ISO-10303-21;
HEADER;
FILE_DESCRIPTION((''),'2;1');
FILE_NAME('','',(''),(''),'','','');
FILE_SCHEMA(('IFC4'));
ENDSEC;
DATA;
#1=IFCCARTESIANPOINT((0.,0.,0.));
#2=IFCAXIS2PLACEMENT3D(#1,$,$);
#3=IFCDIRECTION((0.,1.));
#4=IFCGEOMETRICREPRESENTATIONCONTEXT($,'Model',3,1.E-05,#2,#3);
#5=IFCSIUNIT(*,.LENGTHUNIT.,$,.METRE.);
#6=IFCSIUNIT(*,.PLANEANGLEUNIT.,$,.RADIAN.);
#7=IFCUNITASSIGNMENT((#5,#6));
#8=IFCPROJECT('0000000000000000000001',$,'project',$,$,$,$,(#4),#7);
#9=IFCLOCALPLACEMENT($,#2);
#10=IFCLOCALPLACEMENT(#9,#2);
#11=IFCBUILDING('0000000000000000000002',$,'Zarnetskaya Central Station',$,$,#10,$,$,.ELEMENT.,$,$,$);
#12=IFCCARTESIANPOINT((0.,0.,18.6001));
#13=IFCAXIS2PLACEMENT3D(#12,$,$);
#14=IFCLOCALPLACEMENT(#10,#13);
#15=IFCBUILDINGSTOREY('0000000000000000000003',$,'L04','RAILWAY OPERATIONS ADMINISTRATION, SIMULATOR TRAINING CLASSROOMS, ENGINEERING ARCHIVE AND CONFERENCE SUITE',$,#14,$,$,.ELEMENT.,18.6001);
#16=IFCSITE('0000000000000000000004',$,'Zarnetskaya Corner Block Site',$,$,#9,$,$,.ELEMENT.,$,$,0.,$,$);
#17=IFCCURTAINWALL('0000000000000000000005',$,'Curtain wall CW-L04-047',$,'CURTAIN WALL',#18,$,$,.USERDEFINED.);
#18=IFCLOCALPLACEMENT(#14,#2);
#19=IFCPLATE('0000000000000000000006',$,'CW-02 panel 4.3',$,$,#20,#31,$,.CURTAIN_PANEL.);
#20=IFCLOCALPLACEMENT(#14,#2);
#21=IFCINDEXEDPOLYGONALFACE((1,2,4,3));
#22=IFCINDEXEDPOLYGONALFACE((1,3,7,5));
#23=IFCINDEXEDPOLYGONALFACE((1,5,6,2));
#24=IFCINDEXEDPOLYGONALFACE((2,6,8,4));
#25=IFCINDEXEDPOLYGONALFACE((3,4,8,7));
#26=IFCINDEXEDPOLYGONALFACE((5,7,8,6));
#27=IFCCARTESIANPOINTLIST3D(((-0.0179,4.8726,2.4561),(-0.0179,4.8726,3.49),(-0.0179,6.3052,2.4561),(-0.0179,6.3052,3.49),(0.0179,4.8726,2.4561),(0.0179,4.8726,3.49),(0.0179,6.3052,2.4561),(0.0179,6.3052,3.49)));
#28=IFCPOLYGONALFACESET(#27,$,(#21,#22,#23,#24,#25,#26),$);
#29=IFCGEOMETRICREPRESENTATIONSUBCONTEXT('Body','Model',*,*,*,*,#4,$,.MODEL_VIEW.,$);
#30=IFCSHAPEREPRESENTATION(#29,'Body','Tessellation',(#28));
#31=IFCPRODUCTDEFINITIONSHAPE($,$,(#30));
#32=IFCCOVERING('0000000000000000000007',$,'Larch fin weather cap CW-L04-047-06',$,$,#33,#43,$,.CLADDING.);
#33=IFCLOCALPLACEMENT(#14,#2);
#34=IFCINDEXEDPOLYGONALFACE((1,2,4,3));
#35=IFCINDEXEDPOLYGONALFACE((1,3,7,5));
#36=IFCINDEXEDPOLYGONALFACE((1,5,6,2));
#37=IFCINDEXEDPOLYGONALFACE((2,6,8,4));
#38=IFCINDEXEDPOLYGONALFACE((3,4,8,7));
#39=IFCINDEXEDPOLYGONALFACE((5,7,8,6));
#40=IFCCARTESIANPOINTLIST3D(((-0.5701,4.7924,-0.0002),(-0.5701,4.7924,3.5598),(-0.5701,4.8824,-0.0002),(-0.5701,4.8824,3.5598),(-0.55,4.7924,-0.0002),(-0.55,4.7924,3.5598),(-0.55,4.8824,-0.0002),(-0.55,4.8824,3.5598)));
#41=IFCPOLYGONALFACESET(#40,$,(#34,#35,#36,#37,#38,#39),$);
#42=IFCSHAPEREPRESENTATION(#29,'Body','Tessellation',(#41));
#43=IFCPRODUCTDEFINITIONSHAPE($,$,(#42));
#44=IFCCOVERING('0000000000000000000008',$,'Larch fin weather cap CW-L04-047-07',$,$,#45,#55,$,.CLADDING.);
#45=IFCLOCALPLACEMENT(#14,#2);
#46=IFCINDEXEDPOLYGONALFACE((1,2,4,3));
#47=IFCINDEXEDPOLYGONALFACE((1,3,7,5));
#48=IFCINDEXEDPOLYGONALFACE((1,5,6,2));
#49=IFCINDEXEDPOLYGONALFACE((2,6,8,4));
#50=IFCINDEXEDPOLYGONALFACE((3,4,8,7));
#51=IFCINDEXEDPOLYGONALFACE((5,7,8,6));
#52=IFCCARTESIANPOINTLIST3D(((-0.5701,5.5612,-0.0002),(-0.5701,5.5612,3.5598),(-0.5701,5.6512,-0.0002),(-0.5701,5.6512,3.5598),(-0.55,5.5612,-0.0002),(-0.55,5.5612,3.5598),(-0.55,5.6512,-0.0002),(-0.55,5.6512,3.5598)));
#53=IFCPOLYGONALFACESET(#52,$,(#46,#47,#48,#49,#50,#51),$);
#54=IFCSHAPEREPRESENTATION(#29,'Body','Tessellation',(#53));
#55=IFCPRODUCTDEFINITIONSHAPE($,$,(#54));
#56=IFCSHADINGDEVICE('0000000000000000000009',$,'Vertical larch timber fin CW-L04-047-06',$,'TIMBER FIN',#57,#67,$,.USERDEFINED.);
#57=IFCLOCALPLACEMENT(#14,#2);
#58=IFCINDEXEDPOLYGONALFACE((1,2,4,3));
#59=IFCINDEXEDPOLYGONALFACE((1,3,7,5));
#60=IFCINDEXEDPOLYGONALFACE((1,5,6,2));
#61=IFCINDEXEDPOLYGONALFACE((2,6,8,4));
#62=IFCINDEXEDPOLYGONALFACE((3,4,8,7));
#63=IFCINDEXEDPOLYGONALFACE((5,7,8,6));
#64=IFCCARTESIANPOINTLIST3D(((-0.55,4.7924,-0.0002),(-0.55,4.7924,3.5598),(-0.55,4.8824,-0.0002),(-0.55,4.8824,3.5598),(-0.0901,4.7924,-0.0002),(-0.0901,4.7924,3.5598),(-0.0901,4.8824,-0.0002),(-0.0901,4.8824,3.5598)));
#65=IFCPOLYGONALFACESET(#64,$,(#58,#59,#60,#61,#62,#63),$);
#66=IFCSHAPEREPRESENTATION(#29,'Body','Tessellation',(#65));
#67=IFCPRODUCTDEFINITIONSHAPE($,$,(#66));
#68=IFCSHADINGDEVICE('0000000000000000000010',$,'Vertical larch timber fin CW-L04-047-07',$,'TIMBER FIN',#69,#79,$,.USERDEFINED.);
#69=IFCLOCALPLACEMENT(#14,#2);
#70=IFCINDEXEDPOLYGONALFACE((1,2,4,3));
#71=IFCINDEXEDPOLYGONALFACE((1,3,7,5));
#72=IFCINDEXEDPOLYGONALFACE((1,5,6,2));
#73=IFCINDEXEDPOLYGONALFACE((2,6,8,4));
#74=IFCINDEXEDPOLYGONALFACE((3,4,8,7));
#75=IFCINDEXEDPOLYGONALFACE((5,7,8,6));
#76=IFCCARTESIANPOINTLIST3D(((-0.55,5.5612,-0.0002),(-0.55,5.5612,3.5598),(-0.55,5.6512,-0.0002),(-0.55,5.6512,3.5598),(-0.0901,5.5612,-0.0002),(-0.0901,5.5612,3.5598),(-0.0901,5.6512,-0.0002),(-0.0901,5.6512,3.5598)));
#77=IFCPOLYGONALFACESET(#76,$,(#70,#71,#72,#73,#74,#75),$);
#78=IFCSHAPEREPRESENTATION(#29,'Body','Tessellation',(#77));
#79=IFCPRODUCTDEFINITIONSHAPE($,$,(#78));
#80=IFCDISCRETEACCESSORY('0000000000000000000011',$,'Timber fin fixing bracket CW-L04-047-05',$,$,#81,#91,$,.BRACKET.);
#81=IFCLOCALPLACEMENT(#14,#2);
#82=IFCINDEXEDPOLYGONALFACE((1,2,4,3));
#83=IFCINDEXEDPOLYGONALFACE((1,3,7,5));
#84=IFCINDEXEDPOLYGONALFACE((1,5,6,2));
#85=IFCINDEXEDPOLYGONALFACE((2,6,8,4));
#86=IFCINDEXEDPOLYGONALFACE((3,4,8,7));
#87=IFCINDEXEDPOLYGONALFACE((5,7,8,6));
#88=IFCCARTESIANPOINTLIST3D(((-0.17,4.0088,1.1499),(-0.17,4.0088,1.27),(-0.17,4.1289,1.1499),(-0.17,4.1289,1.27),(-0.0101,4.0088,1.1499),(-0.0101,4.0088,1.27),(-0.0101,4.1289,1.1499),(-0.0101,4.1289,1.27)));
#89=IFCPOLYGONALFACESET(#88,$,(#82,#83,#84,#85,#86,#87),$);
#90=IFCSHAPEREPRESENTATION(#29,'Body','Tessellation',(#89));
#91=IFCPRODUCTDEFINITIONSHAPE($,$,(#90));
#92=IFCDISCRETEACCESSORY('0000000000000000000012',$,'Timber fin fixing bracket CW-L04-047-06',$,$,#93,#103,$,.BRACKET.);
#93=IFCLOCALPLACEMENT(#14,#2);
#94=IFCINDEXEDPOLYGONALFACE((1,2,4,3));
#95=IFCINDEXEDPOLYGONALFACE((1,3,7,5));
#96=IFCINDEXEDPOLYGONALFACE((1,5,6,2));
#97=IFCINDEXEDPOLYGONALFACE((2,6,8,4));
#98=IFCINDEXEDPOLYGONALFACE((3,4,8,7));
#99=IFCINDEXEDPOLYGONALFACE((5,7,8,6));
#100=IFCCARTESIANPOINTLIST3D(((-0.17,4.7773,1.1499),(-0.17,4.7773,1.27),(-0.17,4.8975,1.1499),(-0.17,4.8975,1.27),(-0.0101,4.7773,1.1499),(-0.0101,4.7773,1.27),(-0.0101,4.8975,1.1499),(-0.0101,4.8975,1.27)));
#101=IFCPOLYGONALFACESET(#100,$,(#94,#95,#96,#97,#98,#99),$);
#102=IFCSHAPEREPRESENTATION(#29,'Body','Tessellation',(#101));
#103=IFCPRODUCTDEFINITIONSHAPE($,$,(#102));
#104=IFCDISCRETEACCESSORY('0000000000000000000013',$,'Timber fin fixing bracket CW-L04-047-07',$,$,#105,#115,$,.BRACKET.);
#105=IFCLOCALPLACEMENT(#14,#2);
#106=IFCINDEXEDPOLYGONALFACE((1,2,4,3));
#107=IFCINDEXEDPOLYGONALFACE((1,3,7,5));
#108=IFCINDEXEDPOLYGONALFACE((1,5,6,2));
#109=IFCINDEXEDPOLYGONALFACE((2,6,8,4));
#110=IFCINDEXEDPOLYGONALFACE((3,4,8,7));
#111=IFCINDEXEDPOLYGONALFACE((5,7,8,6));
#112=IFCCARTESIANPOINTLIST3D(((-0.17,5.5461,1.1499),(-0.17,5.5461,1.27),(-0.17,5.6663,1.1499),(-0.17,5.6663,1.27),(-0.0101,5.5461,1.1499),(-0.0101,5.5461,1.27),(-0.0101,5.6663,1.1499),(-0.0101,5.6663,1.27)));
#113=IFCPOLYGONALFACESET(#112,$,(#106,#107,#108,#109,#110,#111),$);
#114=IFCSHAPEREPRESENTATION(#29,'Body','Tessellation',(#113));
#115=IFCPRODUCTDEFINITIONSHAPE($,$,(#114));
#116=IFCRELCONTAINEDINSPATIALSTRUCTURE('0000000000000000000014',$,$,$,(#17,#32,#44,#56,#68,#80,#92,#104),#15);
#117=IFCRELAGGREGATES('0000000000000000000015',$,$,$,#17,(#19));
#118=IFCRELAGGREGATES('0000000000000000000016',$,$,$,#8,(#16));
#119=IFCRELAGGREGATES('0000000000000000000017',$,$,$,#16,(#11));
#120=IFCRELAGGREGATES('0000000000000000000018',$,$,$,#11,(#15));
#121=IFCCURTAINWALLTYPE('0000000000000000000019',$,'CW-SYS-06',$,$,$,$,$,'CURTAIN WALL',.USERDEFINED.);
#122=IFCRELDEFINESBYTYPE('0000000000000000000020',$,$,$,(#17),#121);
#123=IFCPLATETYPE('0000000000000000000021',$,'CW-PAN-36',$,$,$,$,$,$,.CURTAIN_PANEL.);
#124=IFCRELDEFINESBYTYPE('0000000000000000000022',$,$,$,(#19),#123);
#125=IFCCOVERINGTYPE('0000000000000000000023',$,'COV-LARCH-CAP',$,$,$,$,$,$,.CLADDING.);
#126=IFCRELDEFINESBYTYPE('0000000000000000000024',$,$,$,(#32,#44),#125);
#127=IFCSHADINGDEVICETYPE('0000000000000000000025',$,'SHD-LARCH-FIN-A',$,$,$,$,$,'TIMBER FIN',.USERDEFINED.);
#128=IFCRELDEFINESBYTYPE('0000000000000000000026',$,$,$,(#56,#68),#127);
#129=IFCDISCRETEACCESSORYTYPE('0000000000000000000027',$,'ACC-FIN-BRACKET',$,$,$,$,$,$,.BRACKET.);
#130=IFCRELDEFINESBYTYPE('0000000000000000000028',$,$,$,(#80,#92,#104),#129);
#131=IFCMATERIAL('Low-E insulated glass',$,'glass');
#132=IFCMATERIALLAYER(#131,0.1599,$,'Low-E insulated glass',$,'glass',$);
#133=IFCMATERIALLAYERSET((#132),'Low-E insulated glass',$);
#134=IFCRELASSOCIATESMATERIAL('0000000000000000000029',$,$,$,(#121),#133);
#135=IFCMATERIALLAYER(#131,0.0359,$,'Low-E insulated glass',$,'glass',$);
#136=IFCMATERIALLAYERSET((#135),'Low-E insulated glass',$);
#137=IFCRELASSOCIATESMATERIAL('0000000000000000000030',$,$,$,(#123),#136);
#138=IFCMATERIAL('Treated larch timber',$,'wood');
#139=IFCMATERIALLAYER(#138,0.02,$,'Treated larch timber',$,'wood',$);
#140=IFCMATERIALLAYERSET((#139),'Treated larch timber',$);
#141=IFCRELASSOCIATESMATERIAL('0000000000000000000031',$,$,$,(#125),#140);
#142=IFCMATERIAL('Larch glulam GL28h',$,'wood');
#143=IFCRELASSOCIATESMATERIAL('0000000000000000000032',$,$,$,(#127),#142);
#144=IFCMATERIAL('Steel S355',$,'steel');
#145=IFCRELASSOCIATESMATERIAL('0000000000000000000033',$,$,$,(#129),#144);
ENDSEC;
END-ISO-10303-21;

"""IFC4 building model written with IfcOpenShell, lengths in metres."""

from ifc_helpers import new_model, si_unit, direction, frame, origin, origin_2d, place, context, subcontext, project, spatial, rectangle, extrude, material, layer, layer_set, type_object, element, aggregate, save


model = new_model("IFC4")

# Units and contexts
model_context = context("Model", 3, precision=1e-05, world=origin(), true_north=direction((0.0, 1.0)))
body_context = subcontext(model_context, "Body", "Model", "MODEL_VIEW")
ifc_project = project(units=[si_unit("LENGTHUNIT", "METRE"), si_unit("PLANEANGLEUNIT", "RADIAN")], contexts=[model_context])

# Site, building, storey
site_placement = place(None, origin())
site = spatial("IfcSite", under=ifc_project, at=site_placement, Name="Zarnetskaya Corner Block Site", CompositionType="ELEMENT", RefElevation=0.0)
building_placement = place(site_placement, origin())
building = spatial("IfcBuilding", under=site, at=building_placement, Name="Zarnetskaya Central Station", CompositionType="ELEMENT")
storey_placement = place(building_placement, frame((0.0, 0.0, 18.6001)))
storey = spatial("IfcBuildingStorey", under=building, at=storey_placement, Name="L04", Description="RAILWAY OPERATIONS ADMINISTRATION, SIMULATOR TRAINING CLASSROOMS, ENGINEERING ARCHIVE AND CONFERENCE SUITE", CompositionType="ELEMENT", Elevation=18.6001)

# Shared definitions
ifc_material_1 = material(Name="Steel S355", Category="steel")

# Curtain wall, plate
ifc_material_2 = material(Name="Low-E insulated glass", Category="glass")
ifc_layer_1 = layer(ifc_material_2, 0.1599, Name="Low-E insulated glass", Category="glass")
ifc_layer_set_1 = layer_set([ifc_layer_1], Name="Low-E insulated glass")
curtain_wall_type = type_object("IfcCurtainWallType", Name="CW-SYS-06", ElementType="CURTAIN WALL", PredefinedType="USERDEFINED", material=ifc_layer_set_1)
curtain_wall_placement = place(storey_placement, origin())
curtain_wall = element("IfcCurtainWall", 1, at=curtain_wall_placement, inside=storey, type_object=curtain_wall_type, Name="Curtain wall CW-L04-047", ObjectType="CURTAIN WALL", PredefinedType="USERDEFINED")
ifc_layer_2 = layer(ifc_material_2, 0.0359, Name="Low-E insulated glass", Category="glass")
ifc_layer_set_2 = layer_set([ifc_layer_2], Name="Low-E insulated glass")
plate_type = type_object("IfcPlateType", Name="CW-PAN-36", PredefinedType="CURTAIN_PANEL", material=ifc_layer_set_2)
plate_1_placement = place(storey_placement, frame((0.0, 5.5889, 2.4561), z_axis=(0.0, 0.0, 1.0), x_axis=(0.0, 1.0, 0.0)))
plate_1 = element("IfcPlate", 2, at=plate_1_placement, type_object=plate_type, Name="CW-02 panel 4.3", PredefinedType="CURTAIN_PANEL", context=body_context, shape_type="SweptSolid", body=[
    extrude(rectangle(XDim=1.4326, YDim=0.0359, at=origin_2d()), origin(), (0.0, 0.0, 1.0), 1.0339),
])
aggregate(curtain_wall, [plate_1])

# Coverings
ifc_material_3 = material(Name="Treated larch timber", Category="wood")
ifc_layer_3 = layer(ifc_material_3, 0.02, Name="Treated larch timber", Category="wood")
ifc_layer_set_3 = layer_set([ifc_layer_3], Name="Treated larch timber")
covering_type = type_object("IfcCoveringType", Name="COV-LARCH-CAP", PredefinedType="CLADDING", material=ifc_layer_set_3)
for number, where, z_axis, x_axis, name in (
    (3, (-0.5601, 4.8374, -0.0002), (0.0, 0.0, 1.0), (0.0, 1.0, 0.0), "Larch fin weather cap CW-L04-047-06"),
    (4, (-0.5601, 5.6062, -0.0002), (0.0, 0.0, 1.0), (0.0, 1.0, 0.0), "Larch fin weather cap CW-L04-047-07"),
):
    element("IfcCovering", number, at=place(storey_placement, frame(where, z_axis=z_axis, x_axis=x_axis)), inside=storey, type_object=covering_type, Name=name, PredefinedType="CLADDING", context=body_context, shape_type="SweptSolid", body=[
        extrude(rectangle(XDim=0.0901, YDim=0.02, at=origin_2d()), origin(), (0.0, 0.0, 1.0), 3.5601),
    ])

# Shading devices
ifc_material_4 = material(Name="Larch glulam GL28h", Category="wood")
shading_device_type = type_object("IfcShadingDeviceType", Name="SHD-LARCH-FIN-A", ElementType="TIMBER FIN", PredefinedType="USERDEFINED", material=ifc_material_4)
for number, where, z_axis, x_axis, name in (
    (5, (-0.3201, 4.8374, -0.0002), (0.0, 0.0, 1.0), (0.0, 1.0, 0.0), "Vertical larch timber fin CW-L04-047-06"),
    (6, (-0.3201, 5.6062, -0.0002), (0.0, 0.0, 1.0), (0.0, 1.0, 0.0), "Vertical larch timber fin CW-L04-047-07"),
):
    element("IfcShadingDevice", number, at=place(storey_placement, frame(where, z_axis=z_axis, x_axis=x_axis)), inside=storey, type_object=shading_device_type, Name=name, ObjectType="TIMBER FIN", PredefinedType="USERDEFINED", context=body_context, shape_type="SweptSolid", body=[
        extrude(rectangle(XDim=0.0901, YDim=0.46, at=origin_2d()), origin(), (0.0, 0.0, 1.0), 3.5601),
    ])

# Discrete accessories
discrete_accessory_type = type_object("IfcDiscreteAccessoryType", Name="ACC-FIN-BRACKET", PredefinedType="BRACKET", material=ifc_material_1)
for number, where, z_axis, x_axis, name in (
    (7, (-0.0901, 4.0688, 1.1499), (0.0, 0.0, 1.0), (0.0, 1.0, 0.0), "Timber fin fixing bracket CW-L04-047-05"),
    (8, (-0.0901, 4.8374, 1.1499), (0.0, 0.0, 1.0), (0.0, 1.0, 0.0), "Timber fin fixing bracket CW-L04-047-06"),
    (9, (-0.0901, 5.6062, 1.1499), (0.0, 0.0, 1.0), (0.0, 1.0, 0.0), "Timber fin fixing bracket CW-L04-047-07"),
):
    element("IfcDiscreteAccessory", number, at=place(storey_placement, frame(where, z_axis=z_axis, x_axis=x_axis)), inside=storey, type_object=discrete_accessory_type, Name=name, PredefinedType="BRACKET", context=body_context, shape_type="SweptSolid", body=[
        extrude(rectangle(XDim=0.1201, YDim=0.1599, at=origin_2d()), origin(), (0.0, 0.0, 1.0), 0.1201),
    ])

save(model, "model.ifc")
